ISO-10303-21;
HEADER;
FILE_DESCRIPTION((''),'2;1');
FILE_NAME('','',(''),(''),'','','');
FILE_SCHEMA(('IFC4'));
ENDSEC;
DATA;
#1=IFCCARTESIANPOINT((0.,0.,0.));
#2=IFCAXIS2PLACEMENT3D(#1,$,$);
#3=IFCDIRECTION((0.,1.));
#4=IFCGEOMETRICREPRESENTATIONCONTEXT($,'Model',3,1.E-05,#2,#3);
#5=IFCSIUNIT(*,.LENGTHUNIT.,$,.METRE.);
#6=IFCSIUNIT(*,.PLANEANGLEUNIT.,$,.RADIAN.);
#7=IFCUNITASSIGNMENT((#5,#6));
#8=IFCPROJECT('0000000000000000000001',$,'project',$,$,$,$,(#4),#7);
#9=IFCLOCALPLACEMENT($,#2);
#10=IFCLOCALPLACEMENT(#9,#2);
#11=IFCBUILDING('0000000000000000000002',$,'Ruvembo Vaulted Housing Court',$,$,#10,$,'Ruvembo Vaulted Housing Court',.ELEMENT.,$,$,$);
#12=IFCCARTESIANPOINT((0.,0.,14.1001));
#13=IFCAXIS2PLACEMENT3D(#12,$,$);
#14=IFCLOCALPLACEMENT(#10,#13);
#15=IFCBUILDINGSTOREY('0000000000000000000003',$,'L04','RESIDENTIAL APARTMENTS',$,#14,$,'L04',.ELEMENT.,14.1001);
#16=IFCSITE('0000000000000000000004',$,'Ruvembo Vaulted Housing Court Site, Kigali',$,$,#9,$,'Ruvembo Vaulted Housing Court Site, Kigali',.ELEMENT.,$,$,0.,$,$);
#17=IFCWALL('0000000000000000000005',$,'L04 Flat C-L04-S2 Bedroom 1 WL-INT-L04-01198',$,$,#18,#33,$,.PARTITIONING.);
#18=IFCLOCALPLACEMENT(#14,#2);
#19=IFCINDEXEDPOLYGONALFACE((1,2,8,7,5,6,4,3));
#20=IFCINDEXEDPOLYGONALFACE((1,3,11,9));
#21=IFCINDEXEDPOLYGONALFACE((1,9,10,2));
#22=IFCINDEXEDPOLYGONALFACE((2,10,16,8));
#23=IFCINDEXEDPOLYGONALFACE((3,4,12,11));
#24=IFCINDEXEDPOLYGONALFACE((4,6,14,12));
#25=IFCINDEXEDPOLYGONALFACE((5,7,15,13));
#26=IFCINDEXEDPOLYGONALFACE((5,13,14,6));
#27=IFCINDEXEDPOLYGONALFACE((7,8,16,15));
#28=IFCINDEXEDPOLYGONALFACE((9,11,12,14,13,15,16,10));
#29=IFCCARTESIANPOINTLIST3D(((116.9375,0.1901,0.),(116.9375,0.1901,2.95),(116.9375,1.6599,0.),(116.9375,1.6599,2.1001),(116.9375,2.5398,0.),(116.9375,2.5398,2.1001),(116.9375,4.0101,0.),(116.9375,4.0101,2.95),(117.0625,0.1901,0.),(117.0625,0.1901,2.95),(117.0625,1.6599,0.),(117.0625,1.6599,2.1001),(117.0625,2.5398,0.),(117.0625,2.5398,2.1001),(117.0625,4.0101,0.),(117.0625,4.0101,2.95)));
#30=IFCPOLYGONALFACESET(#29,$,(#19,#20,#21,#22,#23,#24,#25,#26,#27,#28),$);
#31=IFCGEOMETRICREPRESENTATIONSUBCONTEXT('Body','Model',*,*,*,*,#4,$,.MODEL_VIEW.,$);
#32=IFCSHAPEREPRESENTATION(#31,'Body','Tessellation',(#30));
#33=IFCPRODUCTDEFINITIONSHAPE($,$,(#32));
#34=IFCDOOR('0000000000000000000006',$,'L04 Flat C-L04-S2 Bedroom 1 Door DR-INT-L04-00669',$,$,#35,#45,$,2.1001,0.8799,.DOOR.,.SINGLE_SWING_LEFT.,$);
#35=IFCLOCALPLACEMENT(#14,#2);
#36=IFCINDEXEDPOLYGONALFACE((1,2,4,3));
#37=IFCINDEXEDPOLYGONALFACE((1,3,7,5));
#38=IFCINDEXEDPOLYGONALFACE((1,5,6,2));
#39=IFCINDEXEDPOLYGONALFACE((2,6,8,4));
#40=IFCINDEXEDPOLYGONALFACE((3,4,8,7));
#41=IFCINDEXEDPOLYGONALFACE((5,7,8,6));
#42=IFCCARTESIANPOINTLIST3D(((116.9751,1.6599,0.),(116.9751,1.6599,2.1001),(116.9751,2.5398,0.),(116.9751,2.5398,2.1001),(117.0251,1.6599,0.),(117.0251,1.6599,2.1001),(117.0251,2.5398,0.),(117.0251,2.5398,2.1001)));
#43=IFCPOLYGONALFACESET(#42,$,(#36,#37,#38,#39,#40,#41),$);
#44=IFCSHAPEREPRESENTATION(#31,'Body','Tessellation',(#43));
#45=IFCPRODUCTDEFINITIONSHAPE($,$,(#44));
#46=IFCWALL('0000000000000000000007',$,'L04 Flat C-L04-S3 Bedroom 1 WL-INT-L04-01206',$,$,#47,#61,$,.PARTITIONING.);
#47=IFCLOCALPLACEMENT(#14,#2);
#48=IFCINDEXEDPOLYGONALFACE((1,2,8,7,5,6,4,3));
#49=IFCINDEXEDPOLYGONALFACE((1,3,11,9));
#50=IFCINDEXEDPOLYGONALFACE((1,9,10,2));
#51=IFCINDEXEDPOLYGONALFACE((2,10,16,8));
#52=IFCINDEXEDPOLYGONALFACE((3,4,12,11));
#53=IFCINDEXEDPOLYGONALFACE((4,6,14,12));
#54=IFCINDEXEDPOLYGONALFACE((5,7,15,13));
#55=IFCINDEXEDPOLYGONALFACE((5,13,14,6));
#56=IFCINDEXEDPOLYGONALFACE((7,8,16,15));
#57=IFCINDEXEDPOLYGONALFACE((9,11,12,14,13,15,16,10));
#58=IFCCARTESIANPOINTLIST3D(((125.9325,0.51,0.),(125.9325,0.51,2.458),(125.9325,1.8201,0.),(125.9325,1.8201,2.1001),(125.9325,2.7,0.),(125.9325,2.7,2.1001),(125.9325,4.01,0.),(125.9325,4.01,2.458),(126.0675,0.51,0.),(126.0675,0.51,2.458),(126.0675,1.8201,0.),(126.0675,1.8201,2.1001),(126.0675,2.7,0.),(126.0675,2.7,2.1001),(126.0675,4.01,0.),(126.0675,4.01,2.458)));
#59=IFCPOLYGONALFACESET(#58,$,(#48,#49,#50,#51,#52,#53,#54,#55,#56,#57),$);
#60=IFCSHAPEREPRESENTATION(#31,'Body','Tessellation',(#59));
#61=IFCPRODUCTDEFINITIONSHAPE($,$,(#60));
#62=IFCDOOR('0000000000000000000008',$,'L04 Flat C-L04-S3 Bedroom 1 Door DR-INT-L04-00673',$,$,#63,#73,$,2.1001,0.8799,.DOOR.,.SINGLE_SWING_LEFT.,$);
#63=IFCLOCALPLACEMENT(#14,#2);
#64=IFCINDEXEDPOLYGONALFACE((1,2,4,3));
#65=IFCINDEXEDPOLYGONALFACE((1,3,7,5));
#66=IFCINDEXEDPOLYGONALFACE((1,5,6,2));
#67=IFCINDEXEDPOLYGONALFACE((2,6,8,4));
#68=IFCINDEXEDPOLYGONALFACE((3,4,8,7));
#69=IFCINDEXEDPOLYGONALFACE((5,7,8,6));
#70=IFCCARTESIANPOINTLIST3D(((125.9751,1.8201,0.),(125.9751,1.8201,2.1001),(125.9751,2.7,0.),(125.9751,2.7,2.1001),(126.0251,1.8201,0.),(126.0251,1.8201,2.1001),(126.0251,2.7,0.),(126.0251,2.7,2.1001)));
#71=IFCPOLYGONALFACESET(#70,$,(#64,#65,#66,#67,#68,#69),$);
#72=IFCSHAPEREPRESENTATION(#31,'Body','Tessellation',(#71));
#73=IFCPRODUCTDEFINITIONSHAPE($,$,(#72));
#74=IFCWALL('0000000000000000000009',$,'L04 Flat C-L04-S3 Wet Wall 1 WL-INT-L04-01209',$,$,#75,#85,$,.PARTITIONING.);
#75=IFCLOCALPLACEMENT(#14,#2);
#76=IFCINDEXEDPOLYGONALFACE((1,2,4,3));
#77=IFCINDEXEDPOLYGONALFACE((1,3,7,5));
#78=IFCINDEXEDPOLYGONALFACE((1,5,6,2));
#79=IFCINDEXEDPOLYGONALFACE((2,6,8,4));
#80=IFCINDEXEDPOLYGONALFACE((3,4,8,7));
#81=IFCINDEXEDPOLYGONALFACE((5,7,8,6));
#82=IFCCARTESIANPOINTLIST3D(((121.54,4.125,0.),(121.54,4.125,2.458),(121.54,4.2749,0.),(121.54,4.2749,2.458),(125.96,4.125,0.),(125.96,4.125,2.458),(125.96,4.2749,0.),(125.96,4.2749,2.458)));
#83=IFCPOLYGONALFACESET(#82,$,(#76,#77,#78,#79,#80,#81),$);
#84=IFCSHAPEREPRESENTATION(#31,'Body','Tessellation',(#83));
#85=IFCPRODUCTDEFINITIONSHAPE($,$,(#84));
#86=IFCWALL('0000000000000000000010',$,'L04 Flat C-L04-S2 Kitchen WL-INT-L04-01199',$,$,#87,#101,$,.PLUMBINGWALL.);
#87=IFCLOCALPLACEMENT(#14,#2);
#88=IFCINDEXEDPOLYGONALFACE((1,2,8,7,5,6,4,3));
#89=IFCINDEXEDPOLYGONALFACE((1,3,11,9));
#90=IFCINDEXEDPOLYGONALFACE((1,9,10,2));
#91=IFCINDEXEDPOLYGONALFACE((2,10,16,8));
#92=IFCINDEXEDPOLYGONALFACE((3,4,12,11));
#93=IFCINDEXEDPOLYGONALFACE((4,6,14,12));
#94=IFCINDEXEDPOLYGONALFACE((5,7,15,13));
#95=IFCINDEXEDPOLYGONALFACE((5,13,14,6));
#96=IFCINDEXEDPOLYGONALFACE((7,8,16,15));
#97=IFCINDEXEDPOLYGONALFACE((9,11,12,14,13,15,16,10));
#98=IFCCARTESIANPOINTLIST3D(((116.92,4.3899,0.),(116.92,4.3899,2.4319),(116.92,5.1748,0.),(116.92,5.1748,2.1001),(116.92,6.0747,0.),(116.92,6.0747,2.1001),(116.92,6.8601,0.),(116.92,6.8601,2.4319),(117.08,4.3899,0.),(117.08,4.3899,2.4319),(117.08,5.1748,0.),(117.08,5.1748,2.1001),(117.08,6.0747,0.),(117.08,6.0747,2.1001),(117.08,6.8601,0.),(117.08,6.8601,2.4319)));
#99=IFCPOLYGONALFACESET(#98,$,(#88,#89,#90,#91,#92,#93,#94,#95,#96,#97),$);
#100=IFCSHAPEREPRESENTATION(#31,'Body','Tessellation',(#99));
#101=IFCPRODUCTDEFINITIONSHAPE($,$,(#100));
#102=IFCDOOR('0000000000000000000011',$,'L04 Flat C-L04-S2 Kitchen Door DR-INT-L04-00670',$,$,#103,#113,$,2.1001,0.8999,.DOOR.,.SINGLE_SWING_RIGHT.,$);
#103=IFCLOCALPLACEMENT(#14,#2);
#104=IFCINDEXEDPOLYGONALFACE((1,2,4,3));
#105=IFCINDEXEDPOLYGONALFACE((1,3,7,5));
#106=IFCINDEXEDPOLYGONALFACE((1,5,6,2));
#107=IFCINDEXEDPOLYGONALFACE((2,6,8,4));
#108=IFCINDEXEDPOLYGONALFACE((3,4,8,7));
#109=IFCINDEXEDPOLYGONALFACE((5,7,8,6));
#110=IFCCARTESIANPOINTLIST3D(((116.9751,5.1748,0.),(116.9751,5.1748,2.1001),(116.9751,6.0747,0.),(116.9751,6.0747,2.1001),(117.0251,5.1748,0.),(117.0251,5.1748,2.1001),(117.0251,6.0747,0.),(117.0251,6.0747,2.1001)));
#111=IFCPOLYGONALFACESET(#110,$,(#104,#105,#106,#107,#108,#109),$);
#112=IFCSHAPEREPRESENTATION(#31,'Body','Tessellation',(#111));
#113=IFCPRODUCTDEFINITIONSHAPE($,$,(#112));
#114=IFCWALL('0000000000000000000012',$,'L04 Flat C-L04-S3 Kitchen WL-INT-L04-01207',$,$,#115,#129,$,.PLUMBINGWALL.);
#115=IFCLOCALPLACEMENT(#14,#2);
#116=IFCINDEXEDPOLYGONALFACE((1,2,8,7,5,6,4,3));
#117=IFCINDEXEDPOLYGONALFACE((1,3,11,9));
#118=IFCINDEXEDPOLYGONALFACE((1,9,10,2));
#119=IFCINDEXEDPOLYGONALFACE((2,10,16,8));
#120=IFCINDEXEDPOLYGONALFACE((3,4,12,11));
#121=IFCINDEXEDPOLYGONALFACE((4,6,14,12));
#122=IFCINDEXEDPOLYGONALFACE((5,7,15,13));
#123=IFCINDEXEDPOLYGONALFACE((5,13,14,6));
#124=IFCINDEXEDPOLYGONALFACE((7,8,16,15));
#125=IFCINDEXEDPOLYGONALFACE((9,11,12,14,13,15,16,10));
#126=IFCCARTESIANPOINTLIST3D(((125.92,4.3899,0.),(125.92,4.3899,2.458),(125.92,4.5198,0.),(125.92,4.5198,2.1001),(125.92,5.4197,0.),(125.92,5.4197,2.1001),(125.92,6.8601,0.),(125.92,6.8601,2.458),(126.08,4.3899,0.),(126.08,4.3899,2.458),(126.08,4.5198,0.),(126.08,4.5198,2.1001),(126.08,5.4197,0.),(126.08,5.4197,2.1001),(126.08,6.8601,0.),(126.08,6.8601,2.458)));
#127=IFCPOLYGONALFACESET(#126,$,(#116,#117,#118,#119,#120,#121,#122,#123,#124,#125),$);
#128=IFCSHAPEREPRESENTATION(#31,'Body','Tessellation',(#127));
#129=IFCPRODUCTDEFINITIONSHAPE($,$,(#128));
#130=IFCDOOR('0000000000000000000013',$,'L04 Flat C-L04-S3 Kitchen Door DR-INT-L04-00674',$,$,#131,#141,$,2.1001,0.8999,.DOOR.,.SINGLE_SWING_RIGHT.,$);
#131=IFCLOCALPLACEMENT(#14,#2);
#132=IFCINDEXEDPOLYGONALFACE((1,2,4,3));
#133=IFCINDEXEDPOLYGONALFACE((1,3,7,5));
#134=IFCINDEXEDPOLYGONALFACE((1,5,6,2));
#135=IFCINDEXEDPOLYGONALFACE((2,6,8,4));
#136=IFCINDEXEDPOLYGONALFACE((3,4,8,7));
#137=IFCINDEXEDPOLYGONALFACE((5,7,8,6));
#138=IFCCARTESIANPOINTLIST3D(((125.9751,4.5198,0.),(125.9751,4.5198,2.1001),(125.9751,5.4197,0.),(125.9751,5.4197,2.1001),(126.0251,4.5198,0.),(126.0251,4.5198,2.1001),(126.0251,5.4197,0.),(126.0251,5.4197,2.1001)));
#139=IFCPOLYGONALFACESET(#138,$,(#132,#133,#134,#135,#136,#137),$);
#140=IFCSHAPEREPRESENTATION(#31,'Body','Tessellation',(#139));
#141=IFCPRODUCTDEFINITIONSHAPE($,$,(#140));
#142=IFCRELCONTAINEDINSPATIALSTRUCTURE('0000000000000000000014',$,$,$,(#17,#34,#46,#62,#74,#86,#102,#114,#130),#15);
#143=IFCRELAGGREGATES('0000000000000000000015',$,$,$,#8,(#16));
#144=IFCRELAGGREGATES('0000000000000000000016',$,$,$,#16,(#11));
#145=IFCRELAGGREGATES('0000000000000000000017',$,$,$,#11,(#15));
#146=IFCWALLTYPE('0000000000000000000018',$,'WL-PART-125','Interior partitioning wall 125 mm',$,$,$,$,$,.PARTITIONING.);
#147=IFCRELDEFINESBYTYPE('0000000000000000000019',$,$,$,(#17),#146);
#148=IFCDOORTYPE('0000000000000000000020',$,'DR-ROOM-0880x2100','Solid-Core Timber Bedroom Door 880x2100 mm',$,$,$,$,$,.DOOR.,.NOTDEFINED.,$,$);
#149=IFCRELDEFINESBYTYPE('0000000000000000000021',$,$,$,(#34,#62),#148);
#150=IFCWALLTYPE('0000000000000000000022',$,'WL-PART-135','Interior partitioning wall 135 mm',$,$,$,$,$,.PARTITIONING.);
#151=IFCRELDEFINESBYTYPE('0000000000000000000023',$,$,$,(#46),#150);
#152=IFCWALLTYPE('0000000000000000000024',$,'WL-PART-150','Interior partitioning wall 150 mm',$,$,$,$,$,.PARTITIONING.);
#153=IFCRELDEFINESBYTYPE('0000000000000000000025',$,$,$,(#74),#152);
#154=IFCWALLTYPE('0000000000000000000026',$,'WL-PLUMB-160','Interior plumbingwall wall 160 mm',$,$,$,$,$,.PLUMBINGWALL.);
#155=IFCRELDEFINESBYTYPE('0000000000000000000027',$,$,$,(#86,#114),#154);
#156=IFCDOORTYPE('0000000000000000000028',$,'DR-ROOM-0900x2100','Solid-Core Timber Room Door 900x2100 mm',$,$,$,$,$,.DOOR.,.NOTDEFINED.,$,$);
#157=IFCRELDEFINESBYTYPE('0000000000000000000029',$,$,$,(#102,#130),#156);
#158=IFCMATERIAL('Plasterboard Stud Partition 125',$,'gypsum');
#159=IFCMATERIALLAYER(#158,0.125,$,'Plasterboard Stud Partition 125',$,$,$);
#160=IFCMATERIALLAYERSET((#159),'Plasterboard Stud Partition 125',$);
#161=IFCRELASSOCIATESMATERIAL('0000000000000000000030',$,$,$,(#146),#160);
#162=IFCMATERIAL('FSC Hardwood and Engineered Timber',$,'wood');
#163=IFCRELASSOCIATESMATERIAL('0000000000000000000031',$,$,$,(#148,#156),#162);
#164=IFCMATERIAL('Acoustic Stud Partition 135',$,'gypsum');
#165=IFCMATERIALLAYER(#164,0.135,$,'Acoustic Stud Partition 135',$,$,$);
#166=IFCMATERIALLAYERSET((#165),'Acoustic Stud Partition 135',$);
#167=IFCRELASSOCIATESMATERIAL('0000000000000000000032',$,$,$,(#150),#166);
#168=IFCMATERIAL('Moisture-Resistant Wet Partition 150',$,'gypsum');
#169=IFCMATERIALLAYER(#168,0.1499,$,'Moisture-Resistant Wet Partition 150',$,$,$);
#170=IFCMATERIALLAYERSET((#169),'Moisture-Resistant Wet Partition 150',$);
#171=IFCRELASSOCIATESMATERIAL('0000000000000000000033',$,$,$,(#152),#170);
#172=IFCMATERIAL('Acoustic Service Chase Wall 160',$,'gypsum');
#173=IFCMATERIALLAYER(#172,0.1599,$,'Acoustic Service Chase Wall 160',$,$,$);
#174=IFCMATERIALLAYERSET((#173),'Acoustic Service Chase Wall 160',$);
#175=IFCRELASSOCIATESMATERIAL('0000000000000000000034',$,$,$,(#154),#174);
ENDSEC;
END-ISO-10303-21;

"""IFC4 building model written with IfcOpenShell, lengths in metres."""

from ifc_helpers import new_model, si_unit, direction, frame, frame_2d, origin, place, context, subcontext, project, spatial, rectangle, extrude, material, layer, layer_set, type_object, element, fill, save


model = new_model("IFC4")

# Units and contexts
model_context = context("Model", 3, precision=1e-05, world=origin(), true_north=direction((0.0, 1.0)))
body_context = subcontext(model_context, "Body", "Model", "MODEL_VIEW")
ifc_project = project(units=[si_unit("LENGTHUNIT", "METRE"), si_unit("PLANEANGLEUNIT", "RADIAN")], contexts=[model_context])

# Site, building, storey
site_placement = place(None, origin())
site = spatial("IfcSite", under=ifc_project, at=site_placement, Name="Ruvembo Vaulted Housing Court Site, Kigali", LongName="Ruvembo Vaulted Housing Court Site, Kigali", CompositionType="ELEMENT", RefElevation=0.0)
building_placement = place(site_placement, origin())
building = spatial("IfcBuilding", under=site, at=building_placement, Name="Ruvembo Vaulted Housing Court", LongName="Ruvembo Vaulted Housing Court", CompositionType="ELEMENT")
storey_placement = place(building_placement, frame((0.0, 0.0, 14.1001)))
storey = spatial("IfcBuildingStorey", under=building, at=storey_placement, Name="L04", Description="RESIDENTIAL APARTMENTS", LongName="L04", CompositionType="ELEMENT", Elevation=14.1001)

# Walls, openings, doors
ifc_material_1 = material(Name="Plasterboard Stud Partition 125", Category="gypsum")
ifc_layer_1 = layer(ifc_material_1, 0.125, Name="Plasterboard Stud Partition 125")
ifc_layer_set_1 = layer_set([ifc_layer_1], Name="Plasterboard Stud Partition 125")
wall_type_1 = type_object("IfcWallType", Name="WL-PART-125", Description="Interior partitioning wall 125 mm", PredefinedType="PARTITIONING", material=ifc_layer_set_1)
wall_1_placement = place(storey_placement, frame((117.0, 0.1899, 0.0), z_axis=(0.0, 0.0, 1.0), x_axis=(0.0, 1.0, 0.0)))
wall_1 = element("IfcWall", 1, at=wall_1_placement, inside=storey, type_object=wall_type_1, Name="L04 Flat C-L04-S2 Bedroom 1 WL-INT-L04-01198", PredefinedType="PARTITIONING", context=body_context, shape_type="SweptSolid", body=[
    extrude(rectangle(XDim=3.8201, YDim=0.125, at=frame_2d((1.9102, 0.0))), origin(), (0.0, 0.0, 1.0), 2.95),
])
opening_1_placement = place(wall_1_placement, frame((1.47, 0.0, 0.0)))
opening_1 = element("IfcOpeningElement", 2, at=opening_1_placement, cuts=wall_1, PredefinedType="OPENING", context=body_context, shape_type="SweptSolid", body=[
    extrude(rectangle(XDim=0.8799, YDim=2.1001, at=frame_2d((0.4399, 1.05))), frame((0.0, 0.0725, 0.0), z_axis=(0.0, -1.0, 0.0), x_axis=(1.0, 0.0, 0.0)), (0.0, 0.0, 1.0), 0.145),
])
ifc_material_2 = material(Name="FSC Hardwood and Engineered Timber", Category="wood")
door_type_1 = type_object("IfcDoorType", Name="DR-ROOM-0880x2100", Description="Solid-Core Timber Bedroom Door 880x2100 mm", OperationType="NOTDEFINED", PredefinedType="DOOR", material=ifc_material_2)
door_1_placement = place(opening_1_placement, origin())
door_1 = element("IfcDoor", 3, at=door_1_placement, inside=storey, type_object=door_type_1, Name="L04 Flat C-L04-S2 Bedroom 1 Door DR-INT-L04-00669", OperationType="SINGLE_SWING_LEFT", OverallHeight=2.1001, OverallWidth=0.8799, PredefinedType="DOOR", context=body_context, shape_type="SweptSolid", body=[
    extrude(rectangle(XDim=0.8799, YDim=2.1001, at=frame_2d((0.4399, 1.05))), frame((0.0, 0.0249, 0.0), z_axis=(0.0, -1.0, 0.0), x_axis=(1.0, 0.0, 0.0)), (0.0, 0.0, 1.0), 0.05),
])
fill(opening_1, door_1)
ifc_material_3 = material(Name="Acoustic Stud Partition 135", Category="gypsum")
ifc_layer_2 = layer(ifc_material_3, 0.135, Name="Acoustic Stud Partition 135")
ifc_layer_set_2 = layer_set([ifc_layer_2], Name="Acoustic Stud Partition 135")
wall_type_2 = type_object("IfcWallType", Name="WL-PART-135", Description="Interior partitioning wall 135 mm", PredefinedType="PARTITIONING", material=ifc_layer_set_2)
wall_2_placement = place(storey_placement, frame((126.0, 0.51, 0.0), z_axis=(0.0, 0.0, 1.0), x_axis=(0.0, 1.0, 0.0)))
wall_2 = element("IfcWall", 4, at=wall_2_placement, inside=storey, type_object=wall_type_2, Name="L04 Flat C-L04-S3 Bedroom 1 WL-INT-L04-01206", PredefinedType="PARTITIONING", context=body_context, shape_type="SweptSolid", body=[
    extrude(rectangle(XDim=3.5, YDim=0.135, at=frame_2d((1.75, 0.0))), origin(), (0.0, 0.0, 1.0), 2.458),
])
opening_2_placement = place(wall_2_placement, frame((1.3101, 0.0, 0.0)))
opening_2 = element("IfcOpeningElement", 5, at=opening_2_placement, cuts=wall_2, PredefinedType="OPENING", context=body_context, shape_type="SweptSolid", body=[
    extrude(rectangle(XDim=0.8799, YDim=2.1001, at=frame_2d((0.4399, 1.05))), frame((0.0, 0.0774, 0.0), z_axis=(0.0, -1.0, 0.0), x_axis=(1.0, 0.0, 0.0)), (0.0, 0.0, 1.0), 0.155),
])
door_2_placement = place(opening_2_placement, origin())
door_2 = element("IfcDoor", 6, at=door_2_placement, inside=storey, type_object=door_type_1, Name="L04 Flat C-L04-S3 Bedroom 1 Door DR-INT-L04-00673", OperationType="SINGLE_SWING_LEFT", OverallHeight=2.1001, OverallWidth=0.8799, PredefinedType="DOOR", context=body_context, shape_type="SweptSolid", body=[
    extrude(rectangle(XDim=0.8799, YDim=2.1001, at=frame_2d((0.4399, 1.05))), frame((0.0, 0.0249, 0.0), z_axis=(0.0, -1.0, 0.0), x_axis=(1.0, 0.0, 0.0)), (0.0, 0.0, 1.0), 0.05),
])
fill(opening_2, door_2)

# Wall
ifc_material_4 = material(Name="Moisture-Resistant Wet Partition 150", Category="gypsum")
ifc_layer_3 = layer(ifc_material_4, 0.1499, Name="Moisture-Resistant Wet Partition 150")
ifc_layer_set_3 = layer_set([ifc_layer_3], Name="Moisture-Resistant Wet Partition 150")
wall_type_3 = type_object("IfcWallType", Name="WL-PART-150", Description="Interior partitioning wall 150 mm", PredefinedType="PARTITIONING", material=ifc_layer_set_3)
wall_3_placement = place(storey_placement, frame((121.54, 4.2, 0.0), z_axis=(0.0, 0.0, 1.0), x_axis=(1.0, 0.0, 0.0)))
element("IfcWall", 7, at=wall_3_placement, inside=storey, type_object=wall_type_3, Name="L04 Flat C-L04-S3 Wet Wall 1 WL-INT-L04-01209", PredefinedType="PARTITIONING", context=body_context, shape_type="SweptSolid", body=[
    extrude(rectangle(XDim=4.4199, YDim=0.1499, at=frame_2d((2.21, 0.0))), origin(), (0.0, 0.0, 1.0), 2.458),
])

# Walls, openings, doors
ifc_material_5 = material(Name="Acoustic Service Chase Wall 160", Category="gypsum")
ifc_layer_4 = layer(ifc_material_5, 0.1599, Name="Acoustic Service Chase Wall 160")
ifc_layer_set_4 = layer_set([ifc_layer_4], Name="Acoustic Service Chase Wall 160")
wall_type_4 = type_object("IfcWallType", Name="WL-PLUMB-160", Description="Interior plumbingwall wall 160 mm", PredefinedType="PLUMBINGWALL", material=ifc_layer_set_4)
wall_4_placement = place(storey_placement, frame((117.0, 4.3899, 0.0), z_axis=(0.0, 0.0, 1.0), x_axis=(0.0, 1.0, 0.0)))
wall_4 = element("IfcWall", 8, at=wall_4_placement, inside=storey, type_object=wall_type_4, Name="L04 Flat C-L04-S2 Kitchen WL-INT-L04-01199", PredefinedType="PLUMBINGWALL", context=body_context, shape_type="SweptSolid", body=[
    extrude(rectangle(XDim=2.4702, YDim=0.1599, at=frame_2d((1.2351, 0.0))), origin(), (0.0, 0.0, 1.0), 2.4319),
])
opening_3_placement = place(wall_4_placement, frame((0.7849, 0.0, 0.0)))
opening_3 = element("IfcOpeningElement", 9, at=opening_3_placement, cuts=wall_4, PredefinedType="OPENING", context=body_context, shape_type="SweptSolid", body=[
    extrude(rectangle(XDim=0.8999, YDim=2.1001, at=frame_2d((0.45, 1.05))), frame((0.0, 0.0898, 0.0), z_axis=(0.0, -1.0, 0.0), x_axis=(1.0, 0.0, 0.0)), (0.0, 0.0, 1.0), 0.1799),
])
door_type_2 = type_object("IfcDoorType", Name="DR-ROOM-0900x2100", Description="Solid-Core Timber Room Door 900x2100 mm", OperationType="NOTDEFINED", PredefinedType="DOOR", material=ifc_material_2)
door_3_placement = place(opening_3_placement, origin())
door_3 = element("IfcDoor", 10, at=door_3_placement, inside=storey, type_object=door_type_2, Name="L04 Flat C-L04-S2 Kitchen Door DR-INT-L04-00670", OperationType="SINGLE_SWING_RIGHT", OverallHeight=2.1001, OverallWidth=0.8999, PredefinedType="DOOR", context=body_context, shape_type="SweptSolid", body=[
    extrude(rectangle(XDim=0.8999, YDim=2.1001, at=frame_2d((0.45, 1.05))), frame((0.0, 0.0249, 0.0), z_axis=(0.0, -1.0, 0.0), x_axis=(1.0, 0.0, 0.0)), (0.0, 0.0, 1.0), 0.05),
])
fill(opening_3, door_3)
wall_5_placement = place(storey_placement, frame((126.0, 4.3899, 0.0), z_axis=(0.0, 0.0, 1.0), x_axis=(0.0, 1.0, 0.0)))
wall_5 = element("IfcWall", 11, at=wall_5_placement, inside=storey, type_object=wall_type_4, Name="L04 Flat C-L04-S3 Kitchen WL-INT-L04-01207", PredefinedType="PLUMBINGWALL", context=body_context, shape_type="SweptSolid", body=[
    extrude(rectangle(XDim=2.4702, YDim=0.1599, at=frame_2d((1.2351, 0.0))), origin(), (0.0, 0.0, 1.0), 2.458),
])
opening_4_placement = place(wall_5_placement, frame((0.1299, 0.0, 0.0)))
opening_4 = element("IfcOpeningElement", 12, at=opening_4_placement, cuts=wall_5, PredefinedType="OPENING", context=body_context, shape_type="SweptSolid", body=[
    extrude(rectangle(XDim=0.8999, YDim=2.1001, at=frame_2d((0.45, 1.05))), frame((0.0, 0.0898, 0.0), z_axis=(0.0, -1.0, 0.0), x_axis=(1.0, 0.0, 0.0)), (0.0, 0.0, 1.0), 0.1799),
])
door_4_placement = place(opening_4_placement, origin())
door_4 = element("IfcDoor", 13, at=door_4_placement, inside=storey, type_object=door_type_2, Name="L04 Flat C-L04-S3 Kitchen Door DR-INT-L04-00674", OperationType="SINGLE_SWING_RIGHT", OverallHeight=2.1001, OverallWidth=0.8999, PredefinedType="DOOR", context=body_context, shape_type="SweptSolid", body=[
    extrude(rectangle(XDim=0.8999, YDim=2.1001, at=frame_2d((0.45, 1.05))), frame((0.0, 0.0249, 0.0), z_axis=(0.0, -1.0, 0.0), x_axis=(1.0, 0.0, 0.0)), (0.0, 0.0, 1.0), 0.05),
])
fill(opening_4, door_4)

save(model, "model.ifc")
